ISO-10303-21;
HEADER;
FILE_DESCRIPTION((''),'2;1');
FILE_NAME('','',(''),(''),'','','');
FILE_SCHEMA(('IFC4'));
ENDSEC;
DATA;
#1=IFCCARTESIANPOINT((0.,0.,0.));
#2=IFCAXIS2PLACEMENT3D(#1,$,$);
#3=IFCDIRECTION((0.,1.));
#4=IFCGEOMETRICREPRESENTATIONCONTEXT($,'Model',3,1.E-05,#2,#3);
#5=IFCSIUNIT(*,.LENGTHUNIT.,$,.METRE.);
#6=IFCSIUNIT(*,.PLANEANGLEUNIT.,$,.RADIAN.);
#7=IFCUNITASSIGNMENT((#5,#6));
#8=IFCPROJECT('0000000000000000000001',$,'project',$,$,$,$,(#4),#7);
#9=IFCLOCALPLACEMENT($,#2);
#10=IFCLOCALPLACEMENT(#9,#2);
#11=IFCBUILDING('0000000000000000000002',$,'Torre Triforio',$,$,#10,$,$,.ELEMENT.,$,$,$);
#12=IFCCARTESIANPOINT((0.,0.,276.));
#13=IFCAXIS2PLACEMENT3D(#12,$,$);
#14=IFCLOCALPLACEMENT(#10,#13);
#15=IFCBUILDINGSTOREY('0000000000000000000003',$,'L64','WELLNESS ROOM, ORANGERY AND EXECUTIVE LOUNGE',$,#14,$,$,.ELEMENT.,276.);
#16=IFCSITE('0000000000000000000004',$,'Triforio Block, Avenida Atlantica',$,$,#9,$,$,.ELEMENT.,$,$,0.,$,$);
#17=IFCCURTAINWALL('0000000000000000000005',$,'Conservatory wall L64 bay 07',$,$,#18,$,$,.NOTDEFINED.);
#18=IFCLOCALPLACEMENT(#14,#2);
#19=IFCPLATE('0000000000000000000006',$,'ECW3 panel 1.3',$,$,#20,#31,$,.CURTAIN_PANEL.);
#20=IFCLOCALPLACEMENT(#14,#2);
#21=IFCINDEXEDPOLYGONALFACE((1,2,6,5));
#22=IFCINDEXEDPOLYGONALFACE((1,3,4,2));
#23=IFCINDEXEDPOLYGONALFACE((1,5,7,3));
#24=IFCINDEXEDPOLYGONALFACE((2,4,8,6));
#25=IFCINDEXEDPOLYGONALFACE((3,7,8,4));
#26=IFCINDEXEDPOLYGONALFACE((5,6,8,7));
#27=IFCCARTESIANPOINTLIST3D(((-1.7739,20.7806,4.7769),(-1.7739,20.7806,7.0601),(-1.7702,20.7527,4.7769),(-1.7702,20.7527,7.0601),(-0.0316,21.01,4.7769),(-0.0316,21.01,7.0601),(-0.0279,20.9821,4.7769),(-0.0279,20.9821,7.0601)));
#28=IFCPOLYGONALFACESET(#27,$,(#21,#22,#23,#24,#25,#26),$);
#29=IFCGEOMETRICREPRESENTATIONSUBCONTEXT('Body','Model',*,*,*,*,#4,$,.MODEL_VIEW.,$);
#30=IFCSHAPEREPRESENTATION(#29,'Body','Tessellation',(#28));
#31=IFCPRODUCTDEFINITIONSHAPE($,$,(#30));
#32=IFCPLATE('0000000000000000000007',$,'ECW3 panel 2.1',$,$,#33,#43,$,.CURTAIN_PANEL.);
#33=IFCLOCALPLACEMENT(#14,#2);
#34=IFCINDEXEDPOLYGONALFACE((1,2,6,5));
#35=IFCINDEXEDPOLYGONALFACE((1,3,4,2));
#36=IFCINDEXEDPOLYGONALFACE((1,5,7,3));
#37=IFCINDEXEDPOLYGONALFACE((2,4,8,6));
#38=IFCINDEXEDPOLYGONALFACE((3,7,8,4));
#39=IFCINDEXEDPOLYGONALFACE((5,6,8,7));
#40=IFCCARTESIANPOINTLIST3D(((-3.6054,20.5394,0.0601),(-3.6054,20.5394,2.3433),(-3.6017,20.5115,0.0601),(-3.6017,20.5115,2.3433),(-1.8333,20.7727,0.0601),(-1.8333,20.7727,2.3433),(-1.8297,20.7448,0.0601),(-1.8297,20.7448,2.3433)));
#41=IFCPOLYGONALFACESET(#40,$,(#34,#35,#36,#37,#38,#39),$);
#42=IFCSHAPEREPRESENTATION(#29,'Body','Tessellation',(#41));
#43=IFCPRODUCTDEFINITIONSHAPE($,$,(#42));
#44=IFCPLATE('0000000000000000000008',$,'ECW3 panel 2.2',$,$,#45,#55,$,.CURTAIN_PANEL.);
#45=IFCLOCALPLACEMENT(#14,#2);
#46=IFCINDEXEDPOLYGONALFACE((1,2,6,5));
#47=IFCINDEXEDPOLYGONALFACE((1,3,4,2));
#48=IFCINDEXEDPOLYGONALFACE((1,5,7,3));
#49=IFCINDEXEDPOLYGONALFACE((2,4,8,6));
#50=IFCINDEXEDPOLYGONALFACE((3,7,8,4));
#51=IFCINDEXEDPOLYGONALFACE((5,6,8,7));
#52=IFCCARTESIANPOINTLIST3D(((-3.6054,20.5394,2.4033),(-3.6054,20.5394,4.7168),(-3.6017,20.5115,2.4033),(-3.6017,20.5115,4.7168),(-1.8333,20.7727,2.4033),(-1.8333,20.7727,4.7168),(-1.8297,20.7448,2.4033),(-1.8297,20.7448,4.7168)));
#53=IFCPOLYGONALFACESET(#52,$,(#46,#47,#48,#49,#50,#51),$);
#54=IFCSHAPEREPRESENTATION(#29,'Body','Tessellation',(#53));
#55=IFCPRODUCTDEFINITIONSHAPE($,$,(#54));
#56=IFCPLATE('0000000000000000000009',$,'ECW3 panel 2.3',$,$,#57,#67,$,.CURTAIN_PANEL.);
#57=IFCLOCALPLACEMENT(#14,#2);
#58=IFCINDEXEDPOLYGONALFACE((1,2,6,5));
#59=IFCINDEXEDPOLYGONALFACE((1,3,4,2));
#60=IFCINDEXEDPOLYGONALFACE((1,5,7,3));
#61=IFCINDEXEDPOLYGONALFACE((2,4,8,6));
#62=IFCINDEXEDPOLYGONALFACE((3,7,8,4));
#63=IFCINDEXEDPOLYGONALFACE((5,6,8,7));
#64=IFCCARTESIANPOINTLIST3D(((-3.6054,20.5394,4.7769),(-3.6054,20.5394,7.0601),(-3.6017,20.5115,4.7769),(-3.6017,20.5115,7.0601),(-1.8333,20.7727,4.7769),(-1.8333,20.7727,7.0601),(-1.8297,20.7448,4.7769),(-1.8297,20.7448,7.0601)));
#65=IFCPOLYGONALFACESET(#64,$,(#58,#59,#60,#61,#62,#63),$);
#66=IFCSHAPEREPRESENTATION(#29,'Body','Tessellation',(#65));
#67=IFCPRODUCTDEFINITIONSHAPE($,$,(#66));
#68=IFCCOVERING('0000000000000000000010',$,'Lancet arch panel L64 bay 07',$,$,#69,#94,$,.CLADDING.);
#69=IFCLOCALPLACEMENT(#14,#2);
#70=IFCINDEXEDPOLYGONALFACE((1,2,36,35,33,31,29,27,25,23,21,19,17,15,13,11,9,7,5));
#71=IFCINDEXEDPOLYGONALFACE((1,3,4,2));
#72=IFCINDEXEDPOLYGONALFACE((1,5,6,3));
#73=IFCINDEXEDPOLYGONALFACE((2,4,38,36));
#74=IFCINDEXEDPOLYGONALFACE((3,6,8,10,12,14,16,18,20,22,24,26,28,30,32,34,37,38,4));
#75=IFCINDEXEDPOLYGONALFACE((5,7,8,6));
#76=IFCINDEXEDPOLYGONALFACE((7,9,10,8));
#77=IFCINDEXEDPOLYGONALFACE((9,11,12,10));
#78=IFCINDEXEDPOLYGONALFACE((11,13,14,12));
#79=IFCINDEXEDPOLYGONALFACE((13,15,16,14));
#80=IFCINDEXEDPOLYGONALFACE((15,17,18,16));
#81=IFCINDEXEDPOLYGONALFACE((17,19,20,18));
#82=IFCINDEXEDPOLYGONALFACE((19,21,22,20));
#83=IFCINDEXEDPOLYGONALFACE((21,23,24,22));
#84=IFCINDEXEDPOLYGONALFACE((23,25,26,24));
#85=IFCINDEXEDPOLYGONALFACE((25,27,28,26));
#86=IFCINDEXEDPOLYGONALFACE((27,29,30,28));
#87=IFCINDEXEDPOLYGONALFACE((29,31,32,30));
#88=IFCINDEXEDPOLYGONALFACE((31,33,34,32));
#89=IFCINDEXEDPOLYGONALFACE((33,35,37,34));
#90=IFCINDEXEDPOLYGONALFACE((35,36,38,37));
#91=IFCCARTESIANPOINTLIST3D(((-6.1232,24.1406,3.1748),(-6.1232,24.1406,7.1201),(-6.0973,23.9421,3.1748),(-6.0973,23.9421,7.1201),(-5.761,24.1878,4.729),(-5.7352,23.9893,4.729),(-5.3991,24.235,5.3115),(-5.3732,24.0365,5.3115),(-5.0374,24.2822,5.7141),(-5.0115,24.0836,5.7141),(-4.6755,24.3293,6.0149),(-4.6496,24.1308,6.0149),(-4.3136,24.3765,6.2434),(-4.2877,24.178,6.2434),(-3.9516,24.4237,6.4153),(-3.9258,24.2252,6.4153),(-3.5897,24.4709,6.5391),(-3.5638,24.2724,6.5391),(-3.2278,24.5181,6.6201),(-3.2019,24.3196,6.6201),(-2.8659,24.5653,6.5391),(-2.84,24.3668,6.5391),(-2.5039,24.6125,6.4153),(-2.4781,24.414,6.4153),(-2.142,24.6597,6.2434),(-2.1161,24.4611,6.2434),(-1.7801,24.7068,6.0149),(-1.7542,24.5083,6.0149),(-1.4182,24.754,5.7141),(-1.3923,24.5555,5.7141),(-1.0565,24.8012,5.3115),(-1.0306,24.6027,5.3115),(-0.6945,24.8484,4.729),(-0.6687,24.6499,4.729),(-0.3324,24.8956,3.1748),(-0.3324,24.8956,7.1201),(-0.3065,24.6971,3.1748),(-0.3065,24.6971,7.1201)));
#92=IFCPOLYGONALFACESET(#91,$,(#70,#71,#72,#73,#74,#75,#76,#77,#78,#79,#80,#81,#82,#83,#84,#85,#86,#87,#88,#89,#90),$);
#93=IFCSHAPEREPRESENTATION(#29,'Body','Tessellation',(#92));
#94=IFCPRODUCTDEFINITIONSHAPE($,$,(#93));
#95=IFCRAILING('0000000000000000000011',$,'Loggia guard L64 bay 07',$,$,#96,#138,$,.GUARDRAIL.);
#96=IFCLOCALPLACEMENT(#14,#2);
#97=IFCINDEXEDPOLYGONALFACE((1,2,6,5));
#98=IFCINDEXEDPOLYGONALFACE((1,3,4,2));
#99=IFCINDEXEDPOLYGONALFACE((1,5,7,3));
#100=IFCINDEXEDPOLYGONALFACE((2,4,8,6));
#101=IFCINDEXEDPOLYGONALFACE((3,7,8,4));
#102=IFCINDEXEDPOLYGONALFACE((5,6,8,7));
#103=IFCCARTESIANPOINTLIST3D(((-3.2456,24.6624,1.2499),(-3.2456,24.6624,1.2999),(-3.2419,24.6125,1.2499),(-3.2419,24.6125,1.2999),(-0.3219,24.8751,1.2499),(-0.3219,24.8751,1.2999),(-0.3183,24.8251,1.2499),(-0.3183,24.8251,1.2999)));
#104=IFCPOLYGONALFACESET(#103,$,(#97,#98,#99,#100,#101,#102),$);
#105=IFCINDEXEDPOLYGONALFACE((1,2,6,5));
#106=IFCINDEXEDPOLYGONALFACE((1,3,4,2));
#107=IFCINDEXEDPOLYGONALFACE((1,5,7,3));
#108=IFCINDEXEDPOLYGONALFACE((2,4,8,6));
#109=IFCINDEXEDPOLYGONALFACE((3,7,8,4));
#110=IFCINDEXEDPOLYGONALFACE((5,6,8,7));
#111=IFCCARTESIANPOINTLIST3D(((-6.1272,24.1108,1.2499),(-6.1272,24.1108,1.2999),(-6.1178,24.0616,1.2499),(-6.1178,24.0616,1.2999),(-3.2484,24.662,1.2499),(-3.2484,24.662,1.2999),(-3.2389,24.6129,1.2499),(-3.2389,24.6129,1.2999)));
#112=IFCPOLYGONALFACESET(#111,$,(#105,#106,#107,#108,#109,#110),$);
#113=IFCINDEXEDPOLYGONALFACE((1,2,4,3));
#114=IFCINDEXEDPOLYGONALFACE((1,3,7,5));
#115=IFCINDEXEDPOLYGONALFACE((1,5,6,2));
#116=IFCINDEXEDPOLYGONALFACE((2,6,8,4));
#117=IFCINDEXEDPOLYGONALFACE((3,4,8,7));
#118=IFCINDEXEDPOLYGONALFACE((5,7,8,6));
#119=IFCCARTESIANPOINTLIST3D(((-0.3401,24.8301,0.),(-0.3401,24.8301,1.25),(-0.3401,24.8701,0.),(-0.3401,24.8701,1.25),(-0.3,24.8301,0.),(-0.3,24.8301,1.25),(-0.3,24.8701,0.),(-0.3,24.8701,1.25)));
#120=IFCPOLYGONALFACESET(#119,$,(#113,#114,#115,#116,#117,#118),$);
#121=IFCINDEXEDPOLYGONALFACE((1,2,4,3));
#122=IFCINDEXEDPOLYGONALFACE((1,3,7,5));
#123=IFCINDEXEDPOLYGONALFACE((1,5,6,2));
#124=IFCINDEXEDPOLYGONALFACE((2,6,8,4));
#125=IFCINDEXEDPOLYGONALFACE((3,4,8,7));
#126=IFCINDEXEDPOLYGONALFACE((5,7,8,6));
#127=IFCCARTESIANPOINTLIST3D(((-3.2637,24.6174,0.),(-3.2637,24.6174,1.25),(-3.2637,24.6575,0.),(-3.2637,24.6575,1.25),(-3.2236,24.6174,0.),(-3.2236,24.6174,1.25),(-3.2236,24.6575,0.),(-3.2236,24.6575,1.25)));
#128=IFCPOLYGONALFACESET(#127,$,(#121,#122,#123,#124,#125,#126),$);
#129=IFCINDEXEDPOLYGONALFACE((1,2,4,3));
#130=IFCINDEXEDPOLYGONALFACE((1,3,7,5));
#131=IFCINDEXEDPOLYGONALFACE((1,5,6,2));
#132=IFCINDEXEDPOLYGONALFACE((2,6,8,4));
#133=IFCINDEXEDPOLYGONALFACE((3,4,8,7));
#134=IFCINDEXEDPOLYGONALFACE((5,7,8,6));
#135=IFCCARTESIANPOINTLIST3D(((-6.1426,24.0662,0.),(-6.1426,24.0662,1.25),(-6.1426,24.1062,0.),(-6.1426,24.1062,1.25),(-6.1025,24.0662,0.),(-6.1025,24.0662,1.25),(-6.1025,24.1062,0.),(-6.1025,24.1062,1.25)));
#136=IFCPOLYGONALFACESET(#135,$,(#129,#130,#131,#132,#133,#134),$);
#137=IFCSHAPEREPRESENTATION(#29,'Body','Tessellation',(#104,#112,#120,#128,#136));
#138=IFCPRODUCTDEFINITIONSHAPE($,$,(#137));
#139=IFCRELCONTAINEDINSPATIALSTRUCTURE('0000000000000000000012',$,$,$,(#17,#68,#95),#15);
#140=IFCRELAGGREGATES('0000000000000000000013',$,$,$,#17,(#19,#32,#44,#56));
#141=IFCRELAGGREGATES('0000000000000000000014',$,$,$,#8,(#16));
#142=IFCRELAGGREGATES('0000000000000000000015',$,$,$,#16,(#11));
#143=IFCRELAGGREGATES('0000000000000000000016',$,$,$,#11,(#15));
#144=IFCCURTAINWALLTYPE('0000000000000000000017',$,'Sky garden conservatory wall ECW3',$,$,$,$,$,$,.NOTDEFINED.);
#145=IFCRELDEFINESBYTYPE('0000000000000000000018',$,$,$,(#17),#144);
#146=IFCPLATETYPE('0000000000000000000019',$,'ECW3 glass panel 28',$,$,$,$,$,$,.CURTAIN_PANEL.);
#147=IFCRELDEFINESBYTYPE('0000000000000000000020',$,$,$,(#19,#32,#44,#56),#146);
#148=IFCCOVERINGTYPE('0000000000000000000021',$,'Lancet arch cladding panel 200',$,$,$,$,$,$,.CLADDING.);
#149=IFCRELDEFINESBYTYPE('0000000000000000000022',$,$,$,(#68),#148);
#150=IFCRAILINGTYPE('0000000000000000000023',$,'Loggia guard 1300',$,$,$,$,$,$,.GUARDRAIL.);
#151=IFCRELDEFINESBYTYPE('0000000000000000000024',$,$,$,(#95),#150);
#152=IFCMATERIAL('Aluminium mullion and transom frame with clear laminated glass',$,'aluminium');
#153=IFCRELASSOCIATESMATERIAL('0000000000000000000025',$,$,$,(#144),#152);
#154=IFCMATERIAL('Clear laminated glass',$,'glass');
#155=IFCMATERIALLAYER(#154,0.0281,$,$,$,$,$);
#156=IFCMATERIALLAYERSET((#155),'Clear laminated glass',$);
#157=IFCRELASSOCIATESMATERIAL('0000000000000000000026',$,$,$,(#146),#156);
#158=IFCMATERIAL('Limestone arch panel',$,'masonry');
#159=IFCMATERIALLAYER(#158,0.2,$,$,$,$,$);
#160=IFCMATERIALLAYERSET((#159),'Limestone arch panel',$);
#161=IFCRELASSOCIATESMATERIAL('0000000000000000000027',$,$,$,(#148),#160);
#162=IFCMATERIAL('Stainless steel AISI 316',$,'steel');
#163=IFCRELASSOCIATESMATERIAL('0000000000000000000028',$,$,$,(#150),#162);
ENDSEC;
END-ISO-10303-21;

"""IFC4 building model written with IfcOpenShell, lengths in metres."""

from ifc_helpers import new_model, si_unit, direction, frame, origin, origin_2d, place, context, subcontext, project, spatial, polyline, rectangle, outline, extrude, material, layer, layer_set, type_object, element, aggregate, save


model = new_model("IFC4")

# Units and contexts
model_context = context("Model", 3, precision=1e-05, world=origin(), true_north=direction((0.0, 1.0)))
body_context = subcontext(model_context, "Body", "Model", "MODEL_VIEW")
ifc_project = project(units=[si_unit("LENGTHUNIT", "METRE"), si_unit("PLANEANGLEUNIT", "RADIAN")], contexts=[model_context])

# Site, building, storey
site_placement = place(None, origin())
site = spatial("IfcSite", under=ifc_project, at=site_placement, Name="Triforio Block, Avenida Atlantica", CompositionType="ELEMENT", RefElevation=0.0)
building_placement = place(site_placement, origin())
building = spatial("IfcBuilding", under=site, at=building_placement, Name="Torre Triforio", CompositionType="ELEMENT")
storey_placement = place(building_placement, frame((0.0, 0.0, 276.0)))
storey = spatial("IfcBuildingStorey", under=building, at=storey_placement, Name="L64", Description="WELLNESS ROOM, ORANGERY AND EXECUTIVE LOUNGE", CompositionType="ELEMENT", Elevation=276.0)

# Curtain wall
ifc_material_1 = material(Name="Aluminium mullion and transom frame with clear laminated glass", Category="aluminium")
curtain_wall_type = type_object("IfcCurtainWallType", Name="Sky garden conservatory wall ECW3", PredefinedType="NOTDEFINED", material=ifc_material_1)
curtain_wall_placement = place(storey_placement, origin())
curtain_wall = element("IfcCurtainWall", 1, at=curtain_wall_placement, inside=storey, type_object=curtain_wall_type, Name="Conservatory wall L64 bay 07", PredefinedType="NOTDEFINED")

# Plates
ifc_material_2 = material(Name="Clear laminated glass", Category="glass")
ifc_layer_1 = layer(ifc_material_2, 0.0281)
ifc_layer_set_1 = layer_set([ifc_layer_1], Name="Clear laminated glass")
plate_type = type_object("IfcPlateType", Name="ECW3 glass panel 28", PredefinedType="CURTAIN_PANEL", material=ifc_layer_set_1)
plate_1_placement = place(storey_placement, frame((-0.9009, 20.8813, 4.7769), z_axis=(0.0, 0.0, 1.0), x_axis=(-0.991444, -0.13053, 0.0)))
plate_1 = element("IfcPlate", 2, at=plate_1_placement, type_object=plate_type, Name="ECW3 panel 1.3", PredefinedType="CURTAIN_PANEL", context=body_context, shape_type="SweptSolid", body=[
    extrude(rectangle(XDim=1.7573, YDim=0.0281, at=origin_2d()), origin(), (0.0, 0.0, 1.0), 2.2832),
])
plate_2_placement = place(storey_placement, frame((-2.7175, 20.6421, 0.0601), z_axis=(0.0, 0.0, 1.0), x_axis=(-0.991444, -0.13053, 0.0)))
plate_2 = element("IfcPlate", 3, at=plate_2_placement, type_object=plate_type, Name="ECW3 panel 2.1", PredefinedType="CURTAIN_PANEL", context=body_context, shape_type="SweptSolid", body=[
    extrude(rectangle(XDim=1.7874, YDim=0.0281, at=origin_2d()), origin(), (0.0, 0.0, 1.0), 2.2832),
])
plate_3_placement = place(storey_placement, frame((-2.7175, 20.6421, 2.4033), z_axis=(0.0, 0.0, 1.0), x_axis=(-0.991444, -0.13053, 0.0)))
plate_3 = element("IfcPlate", 4, at=plate_3_placement, type_object=plate_type, Name="ECW3 panel 2.2", PredefinedType="CURTAIN_PANEL", context=body_context, shape_type="SweptSolid", body=[
    extrude(rectangle(XDim=1.7874, YDim=0.0281, at=origin_2d()), origin(), (0.0, 0.0, 1.0), 2.3135),
])
plate_4_placement = place(storey_placement, frame((-2.7175, 20.6421, 4.7769), z_axis=(0.0, 0.0, 1.0), x_axis=(-0.991444, -0.13053, 0.0)))
plate_4 = element("IfcPlate", 5, at=plate_4_placement, type_object=plate_type, Name="ECW3 panel 2.3", PredefinedType="CURTAIN_PANEL", context=body_context, shape_type="SweptSolid", body=[
    extrude(rectangle(XDim=1.7874, YDim=0.0281, at=origin_2d()), origin(), (0.0, 0.0, 1.0), 2.2832),
])
aggregate(curtain_wall, [plate_1, plate_2, plate_3, plate_4])

# Covering
ifc_material_3 = material(Name="Limestone arch panel", Category="masonry")
ifc_layer_2 = layer(ifc_material_3, 0.2)
ifc_layer_set_2 = layer_set([ifc_layer_2], Name="Limestone arch panel")
covering_type = type_object("IfcCoveringType", Name="Lancet arch cladding panel 200", PredefinedType="CLADDING", material=ifc_layer_set_2)
covering_placement = place(storey_placement, frame((-3.2019, 24.3196, 0.0), z_axis=(-0.129287, 0.991607, 0.0), x_axis=(-0.991607, -0.129287, 0.0)))
element("IfcCovering", 6, at=covering_placement, inside=storey, type_object=covering_type, Name="Lancet arch panel L64 bay 07", PredefinedType="CLADDING", context=body_context, shape_type="SweptSolid", body=[
    extrude(outline(polyline([(-2.9199, 7.1201), (-2.9199, 3.1748), (-2.5547, 4.729), (-2.1897, 5.3115), (-1.825, 5.7141), (-1.46, 6.0149), (-1.095, 6.2434), (-0.73, 6.4153), (-0.365, 6.5391), (0.0, 6.6201), (0.365, 6.5391), (0.73, 6.4153), (1.095, 6.2434), (1.46, 6.0149), (1.825, 5.7141), (2.1897, 5.3115), (2.5547, 4.729), (2.9199, 3.1748), (2.9199, 7.1201), (-2.9199, 7.1201)])), origin(), (0.0, 0.0, 1.0), 0.2002),
])

# Railing
ifc_material_4 = material(Name="Stainless steel AISI 316", Category="steel")
railing_type = type_object("IfcRailingType", Name="Loggia guard 1300", PredefinedType="GUARDRAIL", material=ifc_material_4)
railing_placement = place(storey_placement, frame((-0.3201, 24.8501, 0.0)))
element("IfcRailing", 7, at=railing_placement, inside=storey, type_object=railing_type, Name="Loggia guard L64 bay 07", PredefinedType="GUARDRAIL", context=body_context, shape_type="SweptSolid", body=[
    extrude(rectangle(XDim=0.05, YDim=0.05, at=origin_2d()), frame((0.0, 0.0, 1.2749), z_axis=(-0.997365, -0.072543, 0.0), x_axis=(0.072543, -0.997365, 0.0)), (0.0, 0.0, 1.0), 2.9314),
    extrude(rectangle(XDim=0.05, YDim=0.05, at=origin_2d()), frame((-2.9236, -0.2126, 1.2749), z_axis=(-0.982156, -0.188069, 0.0), x_axis=(0.188069, -0.982156, 0.0)), (0.0, 0.0, 1.0), 2.9312),
    extrude(rectangle(XDim=0.04, YDim=0.04, at=origin_2d()), origin(), (0.0, 0.0, 1.0), 1.25),
    extrude(rectangle(XDim=0.04, YDim=0.04, at=origin_2d()), frame((-2.9236, -0.2126, 0.0)), (0.0, 0.0, 1.0), 1.25),
    extrude(rectangle(XDim=0.04, YDim=0.04, at=origin_2d()), frame((-5.8025, -0.7639, 0.0)), (0.0, 0.0, 1.0), 1.25),
])

save(model, "model.ifc")
